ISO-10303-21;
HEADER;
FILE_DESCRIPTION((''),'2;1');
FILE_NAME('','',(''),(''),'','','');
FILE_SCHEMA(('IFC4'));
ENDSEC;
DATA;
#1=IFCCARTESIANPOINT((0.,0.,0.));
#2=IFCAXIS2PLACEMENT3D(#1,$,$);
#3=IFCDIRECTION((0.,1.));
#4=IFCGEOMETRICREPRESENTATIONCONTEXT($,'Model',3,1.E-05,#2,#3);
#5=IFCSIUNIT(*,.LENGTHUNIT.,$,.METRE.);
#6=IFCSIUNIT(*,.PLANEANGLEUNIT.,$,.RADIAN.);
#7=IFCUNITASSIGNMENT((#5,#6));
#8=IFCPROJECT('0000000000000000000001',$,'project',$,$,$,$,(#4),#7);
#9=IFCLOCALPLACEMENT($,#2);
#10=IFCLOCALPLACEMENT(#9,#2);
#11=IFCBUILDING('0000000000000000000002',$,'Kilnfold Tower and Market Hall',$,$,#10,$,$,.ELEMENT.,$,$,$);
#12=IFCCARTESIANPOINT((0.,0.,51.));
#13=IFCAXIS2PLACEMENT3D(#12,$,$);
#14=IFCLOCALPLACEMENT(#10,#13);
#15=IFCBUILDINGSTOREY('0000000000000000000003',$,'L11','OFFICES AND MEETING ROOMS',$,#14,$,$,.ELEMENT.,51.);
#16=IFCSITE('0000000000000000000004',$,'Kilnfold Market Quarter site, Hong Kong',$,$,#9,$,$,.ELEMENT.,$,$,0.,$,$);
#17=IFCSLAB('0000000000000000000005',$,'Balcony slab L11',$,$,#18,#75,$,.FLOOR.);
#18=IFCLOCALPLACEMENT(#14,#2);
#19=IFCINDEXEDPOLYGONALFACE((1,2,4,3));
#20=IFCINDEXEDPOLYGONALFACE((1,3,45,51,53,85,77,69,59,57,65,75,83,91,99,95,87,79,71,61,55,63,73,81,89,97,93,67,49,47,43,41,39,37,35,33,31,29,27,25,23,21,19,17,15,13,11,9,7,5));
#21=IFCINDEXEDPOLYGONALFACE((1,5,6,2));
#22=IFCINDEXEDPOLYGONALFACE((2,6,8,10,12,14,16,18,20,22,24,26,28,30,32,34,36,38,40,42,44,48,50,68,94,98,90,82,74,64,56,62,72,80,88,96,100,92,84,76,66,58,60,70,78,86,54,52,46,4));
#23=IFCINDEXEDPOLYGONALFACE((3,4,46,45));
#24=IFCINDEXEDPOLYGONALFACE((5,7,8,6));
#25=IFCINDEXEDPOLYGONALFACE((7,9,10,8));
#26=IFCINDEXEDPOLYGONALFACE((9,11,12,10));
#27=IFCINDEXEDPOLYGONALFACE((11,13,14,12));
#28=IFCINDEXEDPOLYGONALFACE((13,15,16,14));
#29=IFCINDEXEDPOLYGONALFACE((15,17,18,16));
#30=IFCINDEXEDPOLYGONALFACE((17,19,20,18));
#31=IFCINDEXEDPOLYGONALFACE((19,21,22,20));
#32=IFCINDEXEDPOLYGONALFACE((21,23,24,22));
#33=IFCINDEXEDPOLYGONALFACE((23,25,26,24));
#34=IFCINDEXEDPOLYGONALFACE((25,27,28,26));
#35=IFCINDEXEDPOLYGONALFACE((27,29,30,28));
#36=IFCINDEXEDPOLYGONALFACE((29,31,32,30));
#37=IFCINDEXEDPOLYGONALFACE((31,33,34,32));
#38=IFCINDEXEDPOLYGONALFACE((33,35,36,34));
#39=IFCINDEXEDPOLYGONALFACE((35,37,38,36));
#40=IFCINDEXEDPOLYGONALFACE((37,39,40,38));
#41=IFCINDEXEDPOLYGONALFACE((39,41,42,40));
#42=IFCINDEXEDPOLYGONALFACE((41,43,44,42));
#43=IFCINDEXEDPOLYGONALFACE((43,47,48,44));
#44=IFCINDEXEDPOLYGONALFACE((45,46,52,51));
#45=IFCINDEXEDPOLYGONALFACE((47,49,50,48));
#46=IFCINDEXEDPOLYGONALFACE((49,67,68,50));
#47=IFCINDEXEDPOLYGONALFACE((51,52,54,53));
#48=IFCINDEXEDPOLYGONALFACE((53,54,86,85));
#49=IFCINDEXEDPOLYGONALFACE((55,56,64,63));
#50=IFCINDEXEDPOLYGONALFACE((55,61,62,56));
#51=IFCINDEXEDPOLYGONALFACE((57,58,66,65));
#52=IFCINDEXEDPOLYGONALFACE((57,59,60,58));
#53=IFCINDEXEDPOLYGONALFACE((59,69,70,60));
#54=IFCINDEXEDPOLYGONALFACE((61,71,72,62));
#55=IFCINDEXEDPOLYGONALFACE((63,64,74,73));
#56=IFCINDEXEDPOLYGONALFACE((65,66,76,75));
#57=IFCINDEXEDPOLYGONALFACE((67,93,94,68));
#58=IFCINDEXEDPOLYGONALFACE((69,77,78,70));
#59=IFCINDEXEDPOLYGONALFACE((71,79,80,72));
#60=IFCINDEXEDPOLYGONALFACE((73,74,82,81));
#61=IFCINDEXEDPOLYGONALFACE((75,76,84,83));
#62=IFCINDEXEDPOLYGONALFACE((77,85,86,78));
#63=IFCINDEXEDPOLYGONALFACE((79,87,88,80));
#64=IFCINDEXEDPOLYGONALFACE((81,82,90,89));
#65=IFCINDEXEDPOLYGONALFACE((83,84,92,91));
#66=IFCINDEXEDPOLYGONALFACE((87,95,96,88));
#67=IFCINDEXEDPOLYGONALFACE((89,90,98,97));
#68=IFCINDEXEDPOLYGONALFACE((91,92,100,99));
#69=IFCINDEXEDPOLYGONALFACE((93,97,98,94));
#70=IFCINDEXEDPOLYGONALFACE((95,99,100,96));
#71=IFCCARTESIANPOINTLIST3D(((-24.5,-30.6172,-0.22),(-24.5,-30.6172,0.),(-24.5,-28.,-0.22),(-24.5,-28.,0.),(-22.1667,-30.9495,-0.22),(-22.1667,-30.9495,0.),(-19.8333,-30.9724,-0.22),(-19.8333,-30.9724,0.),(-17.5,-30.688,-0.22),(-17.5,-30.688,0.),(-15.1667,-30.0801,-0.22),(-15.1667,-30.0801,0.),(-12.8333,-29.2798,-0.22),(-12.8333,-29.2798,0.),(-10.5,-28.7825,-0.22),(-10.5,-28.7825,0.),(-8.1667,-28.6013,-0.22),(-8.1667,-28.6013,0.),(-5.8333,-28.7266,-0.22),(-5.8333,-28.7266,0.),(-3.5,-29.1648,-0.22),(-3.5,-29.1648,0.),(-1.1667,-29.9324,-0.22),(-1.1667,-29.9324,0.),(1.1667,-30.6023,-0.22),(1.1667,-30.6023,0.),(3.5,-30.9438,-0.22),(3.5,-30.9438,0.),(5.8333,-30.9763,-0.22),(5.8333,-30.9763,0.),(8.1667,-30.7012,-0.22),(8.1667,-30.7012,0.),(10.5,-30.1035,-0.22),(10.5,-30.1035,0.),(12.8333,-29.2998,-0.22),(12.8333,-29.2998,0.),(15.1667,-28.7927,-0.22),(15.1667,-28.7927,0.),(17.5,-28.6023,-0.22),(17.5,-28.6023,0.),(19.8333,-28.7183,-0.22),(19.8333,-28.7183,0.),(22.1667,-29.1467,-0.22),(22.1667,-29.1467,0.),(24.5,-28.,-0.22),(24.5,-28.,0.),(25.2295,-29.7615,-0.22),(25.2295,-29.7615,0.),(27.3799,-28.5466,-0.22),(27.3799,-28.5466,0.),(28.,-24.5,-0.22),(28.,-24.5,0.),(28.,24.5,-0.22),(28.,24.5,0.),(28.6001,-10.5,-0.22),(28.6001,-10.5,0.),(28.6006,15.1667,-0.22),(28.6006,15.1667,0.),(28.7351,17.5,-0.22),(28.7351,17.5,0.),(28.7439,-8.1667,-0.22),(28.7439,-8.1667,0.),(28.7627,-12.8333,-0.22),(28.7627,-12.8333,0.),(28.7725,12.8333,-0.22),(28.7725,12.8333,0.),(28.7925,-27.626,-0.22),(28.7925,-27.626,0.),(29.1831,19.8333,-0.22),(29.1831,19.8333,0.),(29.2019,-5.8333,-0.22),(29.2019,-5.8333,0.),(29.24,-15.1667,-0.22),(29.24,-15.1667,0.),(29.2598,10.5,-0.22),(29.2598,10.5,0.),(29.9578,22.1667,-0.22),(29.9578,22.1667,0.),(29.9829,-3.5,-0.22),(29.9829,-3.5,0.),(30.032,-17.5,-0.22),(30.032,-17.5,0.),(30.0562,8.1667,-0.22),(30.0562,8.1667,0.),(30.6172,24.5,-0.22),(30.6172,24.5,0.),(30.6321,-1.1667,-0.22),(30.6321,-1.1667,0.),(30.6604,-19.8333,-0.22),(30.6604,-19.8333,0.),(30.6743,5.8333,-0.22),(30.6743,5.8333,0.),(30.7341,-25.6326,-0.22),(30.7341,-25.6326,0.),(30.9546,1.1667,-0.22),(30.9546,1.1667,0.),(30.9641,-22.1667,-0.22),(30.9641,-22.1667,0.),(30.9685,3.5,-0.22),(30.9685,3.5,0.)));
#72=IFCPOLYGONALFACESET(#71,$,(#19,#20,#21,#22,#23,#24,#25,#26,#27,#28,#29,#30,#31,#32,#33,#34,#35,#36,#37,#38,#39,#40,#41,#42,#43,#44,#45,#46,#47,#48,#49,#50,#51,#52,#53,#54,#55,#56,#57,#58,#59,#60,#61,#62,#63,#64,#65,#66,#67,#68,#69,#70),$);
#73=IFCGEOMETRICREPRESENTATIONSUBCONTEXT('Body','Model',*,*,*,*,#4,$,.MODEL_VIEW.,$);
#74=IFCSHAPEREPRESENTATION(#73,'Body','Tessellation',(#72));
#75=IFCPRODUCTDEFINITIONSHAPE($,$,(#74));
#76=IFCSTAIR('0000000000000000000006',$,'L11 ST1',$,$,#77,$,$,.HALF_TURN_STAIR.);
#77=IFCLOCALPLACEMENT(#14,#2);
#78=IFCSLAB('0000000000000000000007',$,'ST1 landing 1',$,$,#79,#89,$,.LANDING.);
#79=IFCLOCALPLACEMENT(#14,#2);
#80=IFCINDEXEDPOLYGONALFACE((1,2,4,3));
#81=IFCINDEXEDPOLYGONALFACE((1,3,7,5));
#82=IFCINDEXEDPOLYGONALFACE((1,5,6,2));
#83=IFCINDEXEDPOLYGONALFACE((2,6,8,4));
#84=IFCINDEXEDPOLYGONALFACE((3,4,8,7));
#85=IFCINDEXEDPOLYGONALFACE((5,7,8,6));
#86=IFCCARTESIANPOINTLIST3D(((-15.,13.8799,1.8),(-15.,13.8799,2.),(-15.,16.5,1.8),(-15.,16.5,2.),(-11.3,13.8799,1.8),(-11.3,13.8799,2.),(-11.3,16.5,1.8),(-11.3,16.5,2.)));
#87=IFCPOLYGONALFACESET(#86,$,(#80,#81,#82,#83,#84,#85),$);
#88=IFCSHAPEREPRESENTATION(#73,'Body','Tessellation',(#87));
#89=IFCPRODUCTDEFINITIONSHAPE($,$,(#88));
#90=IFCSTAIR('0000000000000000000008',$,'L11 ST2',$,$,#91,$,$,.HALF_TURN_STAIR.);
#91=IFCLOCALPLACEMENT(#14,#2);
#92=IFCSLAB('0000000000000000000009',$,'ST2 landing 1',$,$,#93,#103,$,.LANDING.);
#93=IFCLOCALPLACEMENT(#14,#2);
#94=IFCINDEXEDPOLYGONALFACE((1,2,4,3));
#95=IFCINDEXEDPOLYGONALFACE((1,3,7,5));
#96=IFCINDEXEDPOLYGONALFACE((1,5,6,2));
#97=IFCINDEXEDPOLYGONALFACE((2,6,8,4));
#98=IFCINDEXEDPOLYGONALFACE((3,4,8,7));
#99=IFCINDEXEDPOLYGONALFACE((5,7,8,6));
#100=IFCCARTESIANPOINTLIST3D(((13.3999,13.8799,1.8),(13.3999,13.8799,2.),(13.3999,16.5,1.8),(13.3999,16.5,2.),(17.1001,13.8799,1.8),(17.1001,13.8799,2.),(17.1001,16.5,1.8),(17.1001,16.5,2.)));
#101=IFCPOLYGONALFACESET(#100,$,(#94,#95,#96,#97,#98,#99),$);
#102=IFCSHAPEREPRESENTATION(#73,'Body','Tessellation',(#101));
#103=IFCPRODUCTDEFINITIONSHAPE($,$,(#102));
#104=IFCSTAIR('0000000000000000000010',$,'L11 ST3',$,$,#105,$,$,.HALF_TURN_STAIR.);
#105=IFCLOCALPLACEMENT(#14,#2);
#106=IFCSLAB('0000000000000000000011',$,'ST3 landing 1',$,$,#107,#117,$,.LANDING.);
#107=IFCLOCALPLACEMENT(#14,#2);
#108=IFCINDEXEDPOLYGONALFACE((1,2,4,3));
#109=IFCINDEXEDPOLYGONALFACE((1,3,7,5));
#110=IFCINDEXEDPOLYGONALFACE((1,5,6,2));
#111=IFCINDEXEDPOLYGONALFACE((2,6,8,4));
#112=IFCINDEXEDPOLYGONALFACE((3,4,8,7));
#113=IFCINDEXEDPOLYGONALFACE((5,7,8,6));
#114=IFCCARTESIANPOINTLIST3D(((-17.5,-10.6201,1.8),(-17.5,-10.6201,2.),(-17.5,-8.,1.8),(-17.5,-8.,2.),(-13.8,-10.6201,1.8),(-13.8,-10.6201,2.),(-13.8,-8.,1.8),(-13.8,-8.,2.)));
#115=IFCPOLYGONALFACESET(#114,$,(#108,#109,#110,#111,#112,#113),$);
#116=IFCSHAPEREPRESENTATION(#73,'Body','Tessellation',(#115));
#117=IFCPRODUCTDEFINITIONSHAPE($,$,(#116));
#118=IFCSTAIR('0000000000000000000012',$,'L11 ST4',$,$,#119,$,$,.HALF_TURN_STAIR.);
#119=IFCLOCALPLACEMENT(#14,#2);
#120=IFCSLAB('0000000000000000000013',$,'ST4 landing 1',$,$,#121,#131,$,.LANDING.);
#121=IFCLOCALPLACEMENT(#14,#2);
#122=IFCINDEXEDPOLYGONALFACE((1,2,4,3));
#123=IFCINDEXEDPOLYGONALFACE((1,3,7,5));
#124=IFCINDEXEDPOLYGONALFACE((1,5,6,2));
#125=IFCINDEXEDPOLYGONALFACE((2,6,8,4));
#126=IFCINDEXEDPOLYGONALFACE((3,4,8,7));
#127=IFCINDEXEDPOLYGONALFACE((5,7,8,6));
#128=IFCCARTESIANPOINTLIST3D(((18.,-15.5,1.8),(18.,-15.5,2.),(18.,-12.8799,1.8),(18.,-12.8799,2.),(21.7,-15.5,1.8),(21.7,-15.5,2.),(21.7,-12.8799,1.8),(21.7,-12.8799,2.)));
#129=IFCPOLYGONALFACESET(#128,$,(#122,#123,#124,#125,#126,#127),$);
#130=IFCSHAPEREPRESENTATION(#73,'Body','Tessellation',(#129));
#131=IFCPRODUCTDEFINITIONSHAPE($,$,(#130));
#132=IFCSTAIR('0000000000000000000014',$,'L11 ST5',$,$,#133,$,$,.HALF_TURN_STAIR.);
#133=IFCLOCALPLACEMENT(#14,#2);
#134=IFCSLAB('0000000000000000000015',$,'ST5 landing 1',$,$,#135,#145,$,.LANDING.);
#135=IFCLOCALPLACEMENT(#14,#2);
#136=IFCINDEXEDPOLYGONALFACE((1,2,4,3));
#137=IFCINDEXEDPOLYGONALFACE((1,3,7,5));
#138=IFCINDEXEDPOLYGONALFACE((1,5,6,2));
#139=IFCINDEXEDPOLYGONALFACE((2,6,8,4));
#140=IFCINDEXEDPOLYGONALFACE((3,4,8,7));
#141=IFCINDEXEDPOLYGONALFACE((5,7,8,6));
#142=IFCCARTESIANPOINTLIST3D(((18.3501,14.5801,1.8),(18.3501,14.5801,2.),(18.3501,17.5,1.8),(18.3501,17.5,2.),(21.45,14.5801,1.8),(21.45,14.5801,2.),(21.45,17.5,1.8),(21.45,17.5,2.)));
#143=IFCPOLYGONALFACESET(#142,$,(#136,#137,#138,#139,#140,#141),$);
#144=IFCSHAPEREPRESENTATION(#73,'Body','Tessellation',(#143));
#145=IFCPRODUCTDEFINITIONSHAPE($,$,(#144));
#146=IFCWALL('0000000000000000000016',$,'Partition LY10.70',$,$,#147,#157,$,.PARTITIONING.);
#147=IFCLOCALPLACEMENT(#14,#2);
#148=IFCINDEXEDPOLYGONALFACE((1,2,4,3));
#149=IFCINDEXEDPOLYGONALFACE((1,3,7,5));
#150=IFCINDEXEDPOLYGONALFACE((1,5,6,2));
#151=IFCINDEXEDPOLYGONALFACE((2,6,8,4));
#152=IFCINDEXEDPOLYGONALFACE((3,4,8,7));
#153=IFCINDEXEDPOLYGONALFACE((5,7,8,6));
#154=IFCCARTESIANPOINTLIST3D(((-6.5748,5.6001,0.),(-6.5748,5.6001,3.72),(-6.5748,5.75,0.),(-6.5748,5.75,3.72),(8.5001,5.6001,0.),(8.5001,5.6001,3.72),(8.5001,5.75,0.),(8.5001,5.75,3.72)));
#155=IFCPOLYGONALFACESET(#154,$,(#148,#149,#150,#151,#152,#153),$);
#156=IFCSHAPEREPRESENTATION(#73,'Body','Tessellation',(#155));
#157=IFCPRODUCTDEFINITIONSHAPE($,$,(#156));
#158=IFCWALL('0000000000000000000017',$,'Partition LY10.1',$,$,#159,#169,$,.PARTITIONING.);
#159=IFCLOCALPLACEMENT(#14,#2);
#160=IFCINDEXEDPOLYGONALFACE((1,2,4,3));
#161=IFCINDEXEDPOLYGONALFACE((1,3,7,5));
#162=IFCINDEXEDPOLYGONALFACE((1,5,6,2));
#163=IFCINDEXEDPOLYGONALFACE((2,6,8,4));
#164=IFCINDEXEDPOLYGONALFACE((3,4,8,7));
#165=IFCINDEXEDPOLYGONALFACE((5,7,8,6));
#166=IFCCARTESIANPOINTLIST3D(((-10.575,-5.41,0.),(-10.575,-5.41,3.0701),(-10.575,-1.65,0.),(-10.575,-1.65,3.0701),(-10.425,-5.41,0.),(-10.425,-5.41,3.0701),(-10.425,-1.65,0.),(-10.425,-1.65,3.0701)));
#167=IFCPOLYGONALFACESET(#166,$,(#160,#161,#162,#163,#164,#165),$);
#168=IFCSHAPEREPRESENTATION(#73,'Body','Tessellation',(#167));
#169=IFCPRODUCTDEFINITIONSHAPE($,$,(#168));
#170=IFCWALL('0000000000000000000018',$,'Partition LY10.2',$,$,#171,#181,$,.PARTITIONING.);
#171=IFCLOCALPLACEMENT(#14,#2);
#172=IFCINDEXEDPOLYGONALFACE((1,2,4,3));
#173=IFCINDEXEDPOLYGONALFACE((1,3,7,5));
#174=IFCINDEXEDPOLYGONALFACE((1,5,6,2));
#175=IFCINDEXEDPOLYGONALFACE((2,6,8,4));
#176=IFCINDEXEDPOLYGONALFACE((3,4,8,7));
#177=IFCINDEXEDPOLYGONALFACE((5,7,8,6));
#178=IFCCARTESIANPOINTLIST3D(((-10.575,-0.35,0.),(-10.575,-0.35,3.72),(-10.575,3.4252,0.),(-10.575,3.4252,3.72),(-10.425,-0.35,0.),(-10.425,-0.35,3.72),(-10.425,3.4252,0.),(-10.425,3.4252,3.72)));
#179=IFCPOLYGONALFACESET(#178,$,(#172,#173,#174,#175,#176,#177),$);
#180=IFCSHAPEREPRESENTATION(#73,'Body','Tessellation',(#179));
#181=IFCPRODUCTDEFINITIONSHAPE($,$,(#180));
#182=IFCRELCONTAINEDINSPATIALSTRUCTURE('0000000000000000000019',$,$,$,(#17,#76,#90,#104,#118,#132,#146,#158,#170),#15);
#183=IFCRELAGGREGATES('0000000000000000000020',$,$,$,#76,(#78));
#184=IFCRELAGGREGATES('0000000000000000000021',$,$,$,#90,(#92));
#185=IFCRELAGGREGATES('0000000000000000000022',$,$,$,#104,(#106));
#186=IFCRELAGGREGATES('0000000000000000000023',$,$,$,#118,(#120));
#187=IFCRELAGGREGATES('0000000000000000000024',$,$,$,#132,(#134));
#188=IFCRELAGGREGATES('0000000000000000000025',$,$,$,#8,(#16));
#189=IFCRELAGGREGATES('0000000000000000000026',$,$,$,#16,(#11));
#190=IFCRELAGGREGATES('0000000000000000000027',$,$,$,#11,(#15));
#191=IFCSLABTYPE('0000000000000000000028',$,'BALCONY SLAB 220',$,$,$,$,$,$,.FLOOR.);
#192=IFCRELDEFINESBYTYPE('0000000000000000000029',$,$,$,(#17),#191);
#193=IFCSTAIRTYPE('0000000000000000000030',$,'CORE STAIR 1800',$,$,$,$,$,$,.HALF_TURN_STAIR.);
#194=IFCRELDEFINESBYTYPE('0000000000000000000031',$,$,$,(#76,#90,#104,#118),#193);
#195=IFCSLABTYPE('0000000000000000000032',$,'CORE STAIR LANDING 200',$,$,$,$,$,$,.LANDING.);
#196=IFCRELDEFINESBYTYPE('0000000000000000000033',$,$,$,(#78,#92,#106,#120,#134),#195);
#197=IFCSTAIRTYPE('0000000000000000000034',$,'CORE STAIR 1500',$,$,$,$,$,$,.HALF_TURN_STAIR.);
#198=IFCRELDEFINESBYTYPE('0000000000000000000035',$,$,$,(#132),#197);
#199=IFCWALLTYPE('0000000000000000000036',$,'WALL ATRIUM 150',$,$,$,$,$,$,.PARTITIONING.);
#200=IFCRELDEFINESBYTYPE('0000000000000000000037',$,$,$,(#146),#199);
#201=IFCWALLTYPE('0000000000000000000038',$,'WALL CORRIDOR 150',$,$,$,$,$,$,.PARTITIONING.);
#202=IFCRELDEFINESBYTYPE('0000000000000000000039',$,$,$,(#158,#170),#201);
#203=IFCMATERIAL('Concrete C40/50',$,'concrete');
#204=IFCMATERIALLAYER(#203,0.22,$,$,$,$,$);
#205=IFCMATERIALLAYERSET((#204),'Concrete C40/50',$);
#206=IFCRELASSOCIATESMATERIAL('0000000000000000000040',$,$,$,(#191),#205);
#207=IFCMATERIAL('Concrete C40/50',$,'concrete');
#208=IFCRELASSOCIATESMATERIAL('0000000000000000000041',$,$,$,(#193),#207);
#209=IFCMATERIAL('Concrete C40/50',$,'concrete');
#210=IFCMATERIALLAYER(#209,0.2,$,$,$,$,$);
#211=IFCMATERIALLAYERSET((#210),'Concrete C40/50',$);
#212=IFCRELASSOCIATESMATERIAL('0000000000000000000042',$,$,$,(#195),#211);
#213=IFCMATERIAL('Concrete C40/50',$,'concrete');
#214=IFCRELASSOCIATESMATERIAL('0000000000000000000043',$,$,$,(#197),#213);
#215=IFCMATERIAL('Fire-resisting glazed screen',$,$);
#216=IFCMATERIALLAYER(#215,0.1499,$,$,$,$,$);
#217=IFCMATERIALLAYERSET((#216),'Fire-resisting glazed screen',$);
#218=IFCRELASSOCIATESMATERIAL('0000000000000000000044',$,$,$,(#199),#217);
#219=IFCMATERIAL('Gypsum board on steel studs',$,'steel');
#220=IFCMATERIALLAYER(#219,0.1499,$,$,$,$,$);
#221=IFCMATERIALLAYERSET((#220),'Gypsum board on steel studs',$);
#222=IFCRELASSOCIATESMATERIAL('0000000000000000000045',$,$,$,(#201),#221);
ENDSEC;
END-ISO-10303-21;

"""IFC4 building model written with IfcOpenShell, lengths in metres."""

from ifc_helpers import new_model, si_unit, direction, frame, frame_2d, origin, place, context, subcontext, project, spatial, polyline, rectangle, outline, extrude, source, transform, mapped, material, layer, layer_set, type_object, element, aggregate, save


model = new_model("IFC4")

# Units and contexts
model_context = context("Model", 3, precision=1e-05, world=origin(), true_north=direction((0.0, 1.0)))
body_context = subcontext(model_context, "Body", "Model", "MODEL_VIEW")
ifc_project = project(units=[si_unit("LENGTHUNIT", "METRE"), si_unit("PLANEANGLEUNIT", "RADIAN")], contexts=[model_context])

# Site, building, storey
site_placement = place(None, origin())
site = spatial("IfcSite", under=ifc_project, at=site_placement, Name="Kilnfold Market Quarter site, Hong Kong", CompositionType="ELEMENT", RefElevation=0.0)
building_placement = place(site_placement, origin())
building = spatial("IfcBuilding", under=site, at=building_placement, Name="Kilnfold Tower and Market Hall", CompositionType="ELEMENT")
storey_placement = place(building_placement, frame((0.0, 0.0, 51.0)))
storey = spatial("IfcBuildingStorey", under=building, at=storey_placement, Name="L11", Description="OFFICES AND MEETING ROOMS", CompositionType="ELEMENT", Elevation=51.0)

# Slab
ifc_material_1 = material(Name="Concrete C40/50", Category="concrete")
ifc_layer_1 = layer(ifc_material_1, 0.22)
ifc_layer_set_1 = layer_set([ifc_layer_1], Name="Concrete C40/50")
slab_type_1 = type_object("IfcSlabType", Name="BALCONY SLAB 220", PredefinedType="FLOOR", material=ifc_layer_set_1)
shared_shape_1 = source(origin(), body_context, "Body", "SweptSolid", [
    extrude(outline(polyline([(-24.5, -28.0), (24.5, -28.0), (28.0, -24.5), (28.0, 24.5), (30.6172, 24.5), (29.9578, 22.1667), (29.1831, 19.8333), (28.7351, 17.5), (28.6006, 15.1667), (28.7725, 12.8333), (29.2598, 10.5), (30.0562, 8.1667), (30.6743, 5.8333), (30.9685, 3.5), (30.9546, 1.1667), (30.6321, -1.1667), (29.9829, -3.5), (29.2019, -5.8333), (28.7439, -8.1667), (28.6001, -10.5), (28.7627, -12.8333), (29.24, -15.1667), (30.032, -17.5), (30.6604, -19.8333), (30.9641, -22.1667), (30.7341, -25.6326), (28.7925, -27.626), (27.3799, -28.5466), (25.2295, -29.7615), (22.1667, -29.1467), (19.8333, -28.7183), (17.5, -28.6023), (15.1667, -28.7927), (12.8333, -29.2998), (10.5, -30.1035), (8.1667, -30.7012), (5.8333, -30.9763), (3.5, -30.9438), (1.1667, -30.6023), (-1.1667, -29.9324), (-3.5, -29.1648), (-5.8333, -28.7266), (-8.1667, -28.6013), (-10.5, -28.7825), (-12.8333, -29.2798), (-15.1667, -30.0801), (-17.5, -30.688), (-19.8333, -30.9724), (-22.1667, -30.9495), (-24.5, -30.6172), (-24.5, -28.0)])), origin(), (0.0, 0.0, 1.0), 0.22),
])
slab_1_placement = place(storey_placement, frame((0.0, 0.0, -0.22)))
element("IfcSlab", 1, at=slab_1_placement, inside=storey, type_object=slab_type_1, Name="Balcony slab L11", PredefinedType="FLOOR", context=body_context, shape_type="MappedRepresentation", body=[
    mapped(shared_shape_1, transform((0.0, 0.0, 0.0))),
])

# Stairs, slabs
ifc_material_2 = material(Name="Concrete C40/50", Category="concrete")
stair_type_1 = type_object("IfcStairType", Name="CORE STAIR 1800", PredefinedType="HALF_TURN_STAIR", material=ifc_material_2)
stair_1_placement = place(storey_placement, origin())
stair_1 = element("IfcStair", 2, at=stair_1_placement, inside=storey, type_object=stair_type_1, Name="L11 ST1", PredefinedType="HALF_TURN_STAIR")
ifc_material_3 = material(Name="Concrete C40/50", Category="concrete")
ifc_layer_2 = layer(ifc_material_3, 0.2)
ifc_layer_set_2 = layer_set([ifc_layer_2], Name="Concrete C40/50")
slab_type_2 = type_object("IfcSlabType", Name="CORE STAIR LANDING 200", PredefinedType="LANDING", material=ifc_layer_set_2)
shared_shape_2 = source(origin(), body_context, "Body", "SweptSolid", [
    extrude(outline(polyline([(-11.3, 13.8799), (-11.3, 16.5), (-15.0, 16.5), (-15.0, 13.8799), (-11.3, 13.8799)])), origin(), (0.0, 0.0, 1.0), 0.2),
])
slab_2_placement = place(storey_placement, frame((0.0, 0.0, 1.8)))
slab_2 = element("IfcSlab", 3, at=slab_2_placement, type_object=slab_type_2, Name="ST1 landing 1", PredefinedType="LANDING", context=body_context, shape_type="MappedRepresentation", body=[
    mapped(shared_shape_2, transform((0.0, 0.0, 0.0))),
])
aggregate(stair_1, [slab_2])
stair_2_placement = place(storey_placement, origin())
stair_2 = element("IfcStair", 4, at=stair_2_placement, inside=storey, type_object=stair_type_1, Name="L11 ST2", PredefinedType="HALF_TURN_STAIR")
shared_shape_3 = source(origin(), body_context, "Body", "SweptSolid", [
    extrude(outline(polyline([(17.1001, 13.8799), (17.1001, 16.5), (13.3999, 16.5), (13.3999, 13.8799), (17.1001, 13.8799)])), origin(), (0.0, 0.0, 1.0), 0.2),
])
slab_3_placement = place(storey_placement, frame((0.0, 0.0, 1.8)))
slab_3 = element("IfcSlab", 5, at=slab_3_placement, type_object=slab_type_2, Name="ST2 landing 1", PredefinedType="LANDING", context=body_context, shape_type="MappedRepresentation", body=[
    mapped(shared_shape_3, transform((0.0, 0.0, 0.0))),
])
aggregate(stair_2, [slab_3])
stair_3_placement = place(storey_placement, origin())
stair_3 = element("IfcStair", 6, at=stair_3_placement, inside=storey, type_object=stair_type_1, Name="L11 ST3", PredefinedType="HALF_TURN_STAIR")
shared_shape_4 = source(origin(), body_context, "Body", "SweptSolid", [
    extrude(outline(polyline([(-13.8, -10.6201), (-13.8, -8.0), (-17.5, -8.0), (-17.5, -10.6201), (-13.8, -10.6201)])), origin(), (0.0, 0.0, 1.0), 0.2),
])
slab_4_placement = place(storey_placement, frame((0.0, 0.0, 1.8)))
slab_4 = element("IfcSlab", 7, at=slab_4_placement, type_object=slab_type_2, Name="ST3 landing 1", PredefinedType="LANDING", context=body_context, shape_type="MappedRepresentation", body=[
    mapped(shared_shape_4, transform((0.0, 0.0, 0.0))),
])
aggregate(stair_3, [slab_4])
stair_4_placement = place(storey_placement, origin())
stair_4 = element("IfcStair", 8, at=stair_4_placement, inside=storey, type_object=stair_type_1, Name="L11 ST4", PredefinedType="HALF_TURN_STAIR")
shared_shape_5 = source(origin(), body_context, "Body", "SweptSolid", [
    extrude(outline(polyline([(18.0, -12.8799), (18.0, -15.5), (21.7, -15.5), (21.7, -12.8799), (18.0, -12.8799)])), origin(), (0.0, 0.0, 1.0), 0.2),
])
slab_5_placement = place(storey_placement, frame((0.0, 0.0, 1.8)))
slab_5 = element("IfcSlab", 9, at=slab_5_placement, type_object=slab_type_2, Name="ST4 landing 1", PredefinedType="LANDING", context=body_context, shape_type="MappedRepresentation", body=[
    mapped(shared_shape_5, transform((0.0, 0.0, 0.0))),
])
aggregate(stair_4, [slab_5])
ifc_material_4 = material(Name="Concrete C40/50", Category="concrete")
stair_type_2 = type_object("IfcStairType", Name="CORE STAIR 1500", PredefinedType="HALF_TURN_STAIR", material=ifc_material_4)
stair_5_placement = place(storey_placement, origin())
stair_5 = element("IfcStair", 10, at=stair_5_placement, inside=storey, type_object=stair_type_2, Name="L11 ST5", PredefinedType="HALF_TURN_STAIR")
shared_shape_6 = source(origin(), body_context, "Body", "SweptSolid", [
    extrude(outline(polyline([(21.45, 14.5801), (21.45, 17.5), (18.3501, 17.5), (18.3501, 14.5801), (21.45, 14.5801)])), origin(), (0.0, 0.0, 1.0), 0.2),
])
slab_6_placement = place(storey_placement, frame((0.0, 0.0, 1.8)))
slab_6 = element("IfcSlab", 11, at=slab_6_placement, type_object=slab_type_2, Name="ST5 landing 1", PredefinedType="LANDING", context=body_context, shape_type="MappedRepresentation", body=[
    mapped(shared_shape_6, transform((0.0, 0.0, 0.0))),
])
aggregate(stair_5, [slab_6])

# Walls
ifc_material_5 = material(Name="Fire-resisting glazed screen")
ifc_layer_3 = layer(ifc_material_5, 0.1499)
ifc_layer_set_3 = layer_set([ifc_layer_3], Name="Fire-resisting glazed screen")
wall_type_1 = type_object("IfcWallType", Name="WALL ATRIUM 150", PredefinedType="PARTITIONING", material=ifc_layer_set_3)
wall_1_placement = place(storey_placement, frame((-6.575, 5.675, 0.0), z_axis=(0.0, 0.0, 1.0), x_axis=(1.0, 0.0, 0.0)))
element("IfcWall", 12, at=wall_1_placement, inside=storey, type_object=wall_type_1, Name="Partition LY10.70", PredefinedType="PARTITIONING", context=body_context, shape_type="SweptSolid", body=[
    extrude(rectangle(XDim=15.075, YDim=0.1499, at=frame_2d((7.5376, 0.0))), origin(), (0.0, 0.0, 1.0), 3.72),
])
ifc_material_6 = material(Name="Gypsum board on steel studs", Category="steel")
ifc_layer_4 = layer(ifc_material_6, 0.1499)
ifc_layer_set_4 = layer_set([ifc_layer_4], Name="Gypsum board on steel studs")
wall_type_2 = type_object("IfcWallType", Name="WALL CORRIDOR 150", PredefinedType="PARTITIONING", material=ifc_layer_set_4)
wall_2_placement = place(storey_placement, frame((-10.5, -5.4099, 0.0), z_axis=(0.0, 0.0, 1.0), x_axis=(0.0, 1.0, 0.0)))
element("IfcWall", 13, at=wall_2_placement, inside=storey, type_object=wall_type_2, Name="Partition LY10.1", PredefinedType="PARTITIONING", context=body_context, shape_type="SweptSolid", body=[
    extrude(rectangle(XDim=3.76, YDim=0.1499, at=frame_2d((1.8799, 0.0))), origin(), (0.0, 0.0, 1.0), 3.0701),
])
wall_3_placement = place(storey_placement, frame((-10.5, -0.3501, 0.0), z_axis=(0.0, 0.0, 1.0), x_axis=(0.0, 1.0, 0.0)))
element("IfcWall", 14, at=wall_3_placement, inside=storey, type_object=wall_type_2, Name="Partition LY10.2", PredefinedType="PARTITIONING", context=body_context, shape_type="SweptSolid", body=[
    extrude(rectangle(XDim=3.7751, YDim=0.1499, at=frame_2d((1.8877, 0.0))), origin(), (0.0, 0.0, 1.0), 3.72),
])

save(model, "model.ifc")
